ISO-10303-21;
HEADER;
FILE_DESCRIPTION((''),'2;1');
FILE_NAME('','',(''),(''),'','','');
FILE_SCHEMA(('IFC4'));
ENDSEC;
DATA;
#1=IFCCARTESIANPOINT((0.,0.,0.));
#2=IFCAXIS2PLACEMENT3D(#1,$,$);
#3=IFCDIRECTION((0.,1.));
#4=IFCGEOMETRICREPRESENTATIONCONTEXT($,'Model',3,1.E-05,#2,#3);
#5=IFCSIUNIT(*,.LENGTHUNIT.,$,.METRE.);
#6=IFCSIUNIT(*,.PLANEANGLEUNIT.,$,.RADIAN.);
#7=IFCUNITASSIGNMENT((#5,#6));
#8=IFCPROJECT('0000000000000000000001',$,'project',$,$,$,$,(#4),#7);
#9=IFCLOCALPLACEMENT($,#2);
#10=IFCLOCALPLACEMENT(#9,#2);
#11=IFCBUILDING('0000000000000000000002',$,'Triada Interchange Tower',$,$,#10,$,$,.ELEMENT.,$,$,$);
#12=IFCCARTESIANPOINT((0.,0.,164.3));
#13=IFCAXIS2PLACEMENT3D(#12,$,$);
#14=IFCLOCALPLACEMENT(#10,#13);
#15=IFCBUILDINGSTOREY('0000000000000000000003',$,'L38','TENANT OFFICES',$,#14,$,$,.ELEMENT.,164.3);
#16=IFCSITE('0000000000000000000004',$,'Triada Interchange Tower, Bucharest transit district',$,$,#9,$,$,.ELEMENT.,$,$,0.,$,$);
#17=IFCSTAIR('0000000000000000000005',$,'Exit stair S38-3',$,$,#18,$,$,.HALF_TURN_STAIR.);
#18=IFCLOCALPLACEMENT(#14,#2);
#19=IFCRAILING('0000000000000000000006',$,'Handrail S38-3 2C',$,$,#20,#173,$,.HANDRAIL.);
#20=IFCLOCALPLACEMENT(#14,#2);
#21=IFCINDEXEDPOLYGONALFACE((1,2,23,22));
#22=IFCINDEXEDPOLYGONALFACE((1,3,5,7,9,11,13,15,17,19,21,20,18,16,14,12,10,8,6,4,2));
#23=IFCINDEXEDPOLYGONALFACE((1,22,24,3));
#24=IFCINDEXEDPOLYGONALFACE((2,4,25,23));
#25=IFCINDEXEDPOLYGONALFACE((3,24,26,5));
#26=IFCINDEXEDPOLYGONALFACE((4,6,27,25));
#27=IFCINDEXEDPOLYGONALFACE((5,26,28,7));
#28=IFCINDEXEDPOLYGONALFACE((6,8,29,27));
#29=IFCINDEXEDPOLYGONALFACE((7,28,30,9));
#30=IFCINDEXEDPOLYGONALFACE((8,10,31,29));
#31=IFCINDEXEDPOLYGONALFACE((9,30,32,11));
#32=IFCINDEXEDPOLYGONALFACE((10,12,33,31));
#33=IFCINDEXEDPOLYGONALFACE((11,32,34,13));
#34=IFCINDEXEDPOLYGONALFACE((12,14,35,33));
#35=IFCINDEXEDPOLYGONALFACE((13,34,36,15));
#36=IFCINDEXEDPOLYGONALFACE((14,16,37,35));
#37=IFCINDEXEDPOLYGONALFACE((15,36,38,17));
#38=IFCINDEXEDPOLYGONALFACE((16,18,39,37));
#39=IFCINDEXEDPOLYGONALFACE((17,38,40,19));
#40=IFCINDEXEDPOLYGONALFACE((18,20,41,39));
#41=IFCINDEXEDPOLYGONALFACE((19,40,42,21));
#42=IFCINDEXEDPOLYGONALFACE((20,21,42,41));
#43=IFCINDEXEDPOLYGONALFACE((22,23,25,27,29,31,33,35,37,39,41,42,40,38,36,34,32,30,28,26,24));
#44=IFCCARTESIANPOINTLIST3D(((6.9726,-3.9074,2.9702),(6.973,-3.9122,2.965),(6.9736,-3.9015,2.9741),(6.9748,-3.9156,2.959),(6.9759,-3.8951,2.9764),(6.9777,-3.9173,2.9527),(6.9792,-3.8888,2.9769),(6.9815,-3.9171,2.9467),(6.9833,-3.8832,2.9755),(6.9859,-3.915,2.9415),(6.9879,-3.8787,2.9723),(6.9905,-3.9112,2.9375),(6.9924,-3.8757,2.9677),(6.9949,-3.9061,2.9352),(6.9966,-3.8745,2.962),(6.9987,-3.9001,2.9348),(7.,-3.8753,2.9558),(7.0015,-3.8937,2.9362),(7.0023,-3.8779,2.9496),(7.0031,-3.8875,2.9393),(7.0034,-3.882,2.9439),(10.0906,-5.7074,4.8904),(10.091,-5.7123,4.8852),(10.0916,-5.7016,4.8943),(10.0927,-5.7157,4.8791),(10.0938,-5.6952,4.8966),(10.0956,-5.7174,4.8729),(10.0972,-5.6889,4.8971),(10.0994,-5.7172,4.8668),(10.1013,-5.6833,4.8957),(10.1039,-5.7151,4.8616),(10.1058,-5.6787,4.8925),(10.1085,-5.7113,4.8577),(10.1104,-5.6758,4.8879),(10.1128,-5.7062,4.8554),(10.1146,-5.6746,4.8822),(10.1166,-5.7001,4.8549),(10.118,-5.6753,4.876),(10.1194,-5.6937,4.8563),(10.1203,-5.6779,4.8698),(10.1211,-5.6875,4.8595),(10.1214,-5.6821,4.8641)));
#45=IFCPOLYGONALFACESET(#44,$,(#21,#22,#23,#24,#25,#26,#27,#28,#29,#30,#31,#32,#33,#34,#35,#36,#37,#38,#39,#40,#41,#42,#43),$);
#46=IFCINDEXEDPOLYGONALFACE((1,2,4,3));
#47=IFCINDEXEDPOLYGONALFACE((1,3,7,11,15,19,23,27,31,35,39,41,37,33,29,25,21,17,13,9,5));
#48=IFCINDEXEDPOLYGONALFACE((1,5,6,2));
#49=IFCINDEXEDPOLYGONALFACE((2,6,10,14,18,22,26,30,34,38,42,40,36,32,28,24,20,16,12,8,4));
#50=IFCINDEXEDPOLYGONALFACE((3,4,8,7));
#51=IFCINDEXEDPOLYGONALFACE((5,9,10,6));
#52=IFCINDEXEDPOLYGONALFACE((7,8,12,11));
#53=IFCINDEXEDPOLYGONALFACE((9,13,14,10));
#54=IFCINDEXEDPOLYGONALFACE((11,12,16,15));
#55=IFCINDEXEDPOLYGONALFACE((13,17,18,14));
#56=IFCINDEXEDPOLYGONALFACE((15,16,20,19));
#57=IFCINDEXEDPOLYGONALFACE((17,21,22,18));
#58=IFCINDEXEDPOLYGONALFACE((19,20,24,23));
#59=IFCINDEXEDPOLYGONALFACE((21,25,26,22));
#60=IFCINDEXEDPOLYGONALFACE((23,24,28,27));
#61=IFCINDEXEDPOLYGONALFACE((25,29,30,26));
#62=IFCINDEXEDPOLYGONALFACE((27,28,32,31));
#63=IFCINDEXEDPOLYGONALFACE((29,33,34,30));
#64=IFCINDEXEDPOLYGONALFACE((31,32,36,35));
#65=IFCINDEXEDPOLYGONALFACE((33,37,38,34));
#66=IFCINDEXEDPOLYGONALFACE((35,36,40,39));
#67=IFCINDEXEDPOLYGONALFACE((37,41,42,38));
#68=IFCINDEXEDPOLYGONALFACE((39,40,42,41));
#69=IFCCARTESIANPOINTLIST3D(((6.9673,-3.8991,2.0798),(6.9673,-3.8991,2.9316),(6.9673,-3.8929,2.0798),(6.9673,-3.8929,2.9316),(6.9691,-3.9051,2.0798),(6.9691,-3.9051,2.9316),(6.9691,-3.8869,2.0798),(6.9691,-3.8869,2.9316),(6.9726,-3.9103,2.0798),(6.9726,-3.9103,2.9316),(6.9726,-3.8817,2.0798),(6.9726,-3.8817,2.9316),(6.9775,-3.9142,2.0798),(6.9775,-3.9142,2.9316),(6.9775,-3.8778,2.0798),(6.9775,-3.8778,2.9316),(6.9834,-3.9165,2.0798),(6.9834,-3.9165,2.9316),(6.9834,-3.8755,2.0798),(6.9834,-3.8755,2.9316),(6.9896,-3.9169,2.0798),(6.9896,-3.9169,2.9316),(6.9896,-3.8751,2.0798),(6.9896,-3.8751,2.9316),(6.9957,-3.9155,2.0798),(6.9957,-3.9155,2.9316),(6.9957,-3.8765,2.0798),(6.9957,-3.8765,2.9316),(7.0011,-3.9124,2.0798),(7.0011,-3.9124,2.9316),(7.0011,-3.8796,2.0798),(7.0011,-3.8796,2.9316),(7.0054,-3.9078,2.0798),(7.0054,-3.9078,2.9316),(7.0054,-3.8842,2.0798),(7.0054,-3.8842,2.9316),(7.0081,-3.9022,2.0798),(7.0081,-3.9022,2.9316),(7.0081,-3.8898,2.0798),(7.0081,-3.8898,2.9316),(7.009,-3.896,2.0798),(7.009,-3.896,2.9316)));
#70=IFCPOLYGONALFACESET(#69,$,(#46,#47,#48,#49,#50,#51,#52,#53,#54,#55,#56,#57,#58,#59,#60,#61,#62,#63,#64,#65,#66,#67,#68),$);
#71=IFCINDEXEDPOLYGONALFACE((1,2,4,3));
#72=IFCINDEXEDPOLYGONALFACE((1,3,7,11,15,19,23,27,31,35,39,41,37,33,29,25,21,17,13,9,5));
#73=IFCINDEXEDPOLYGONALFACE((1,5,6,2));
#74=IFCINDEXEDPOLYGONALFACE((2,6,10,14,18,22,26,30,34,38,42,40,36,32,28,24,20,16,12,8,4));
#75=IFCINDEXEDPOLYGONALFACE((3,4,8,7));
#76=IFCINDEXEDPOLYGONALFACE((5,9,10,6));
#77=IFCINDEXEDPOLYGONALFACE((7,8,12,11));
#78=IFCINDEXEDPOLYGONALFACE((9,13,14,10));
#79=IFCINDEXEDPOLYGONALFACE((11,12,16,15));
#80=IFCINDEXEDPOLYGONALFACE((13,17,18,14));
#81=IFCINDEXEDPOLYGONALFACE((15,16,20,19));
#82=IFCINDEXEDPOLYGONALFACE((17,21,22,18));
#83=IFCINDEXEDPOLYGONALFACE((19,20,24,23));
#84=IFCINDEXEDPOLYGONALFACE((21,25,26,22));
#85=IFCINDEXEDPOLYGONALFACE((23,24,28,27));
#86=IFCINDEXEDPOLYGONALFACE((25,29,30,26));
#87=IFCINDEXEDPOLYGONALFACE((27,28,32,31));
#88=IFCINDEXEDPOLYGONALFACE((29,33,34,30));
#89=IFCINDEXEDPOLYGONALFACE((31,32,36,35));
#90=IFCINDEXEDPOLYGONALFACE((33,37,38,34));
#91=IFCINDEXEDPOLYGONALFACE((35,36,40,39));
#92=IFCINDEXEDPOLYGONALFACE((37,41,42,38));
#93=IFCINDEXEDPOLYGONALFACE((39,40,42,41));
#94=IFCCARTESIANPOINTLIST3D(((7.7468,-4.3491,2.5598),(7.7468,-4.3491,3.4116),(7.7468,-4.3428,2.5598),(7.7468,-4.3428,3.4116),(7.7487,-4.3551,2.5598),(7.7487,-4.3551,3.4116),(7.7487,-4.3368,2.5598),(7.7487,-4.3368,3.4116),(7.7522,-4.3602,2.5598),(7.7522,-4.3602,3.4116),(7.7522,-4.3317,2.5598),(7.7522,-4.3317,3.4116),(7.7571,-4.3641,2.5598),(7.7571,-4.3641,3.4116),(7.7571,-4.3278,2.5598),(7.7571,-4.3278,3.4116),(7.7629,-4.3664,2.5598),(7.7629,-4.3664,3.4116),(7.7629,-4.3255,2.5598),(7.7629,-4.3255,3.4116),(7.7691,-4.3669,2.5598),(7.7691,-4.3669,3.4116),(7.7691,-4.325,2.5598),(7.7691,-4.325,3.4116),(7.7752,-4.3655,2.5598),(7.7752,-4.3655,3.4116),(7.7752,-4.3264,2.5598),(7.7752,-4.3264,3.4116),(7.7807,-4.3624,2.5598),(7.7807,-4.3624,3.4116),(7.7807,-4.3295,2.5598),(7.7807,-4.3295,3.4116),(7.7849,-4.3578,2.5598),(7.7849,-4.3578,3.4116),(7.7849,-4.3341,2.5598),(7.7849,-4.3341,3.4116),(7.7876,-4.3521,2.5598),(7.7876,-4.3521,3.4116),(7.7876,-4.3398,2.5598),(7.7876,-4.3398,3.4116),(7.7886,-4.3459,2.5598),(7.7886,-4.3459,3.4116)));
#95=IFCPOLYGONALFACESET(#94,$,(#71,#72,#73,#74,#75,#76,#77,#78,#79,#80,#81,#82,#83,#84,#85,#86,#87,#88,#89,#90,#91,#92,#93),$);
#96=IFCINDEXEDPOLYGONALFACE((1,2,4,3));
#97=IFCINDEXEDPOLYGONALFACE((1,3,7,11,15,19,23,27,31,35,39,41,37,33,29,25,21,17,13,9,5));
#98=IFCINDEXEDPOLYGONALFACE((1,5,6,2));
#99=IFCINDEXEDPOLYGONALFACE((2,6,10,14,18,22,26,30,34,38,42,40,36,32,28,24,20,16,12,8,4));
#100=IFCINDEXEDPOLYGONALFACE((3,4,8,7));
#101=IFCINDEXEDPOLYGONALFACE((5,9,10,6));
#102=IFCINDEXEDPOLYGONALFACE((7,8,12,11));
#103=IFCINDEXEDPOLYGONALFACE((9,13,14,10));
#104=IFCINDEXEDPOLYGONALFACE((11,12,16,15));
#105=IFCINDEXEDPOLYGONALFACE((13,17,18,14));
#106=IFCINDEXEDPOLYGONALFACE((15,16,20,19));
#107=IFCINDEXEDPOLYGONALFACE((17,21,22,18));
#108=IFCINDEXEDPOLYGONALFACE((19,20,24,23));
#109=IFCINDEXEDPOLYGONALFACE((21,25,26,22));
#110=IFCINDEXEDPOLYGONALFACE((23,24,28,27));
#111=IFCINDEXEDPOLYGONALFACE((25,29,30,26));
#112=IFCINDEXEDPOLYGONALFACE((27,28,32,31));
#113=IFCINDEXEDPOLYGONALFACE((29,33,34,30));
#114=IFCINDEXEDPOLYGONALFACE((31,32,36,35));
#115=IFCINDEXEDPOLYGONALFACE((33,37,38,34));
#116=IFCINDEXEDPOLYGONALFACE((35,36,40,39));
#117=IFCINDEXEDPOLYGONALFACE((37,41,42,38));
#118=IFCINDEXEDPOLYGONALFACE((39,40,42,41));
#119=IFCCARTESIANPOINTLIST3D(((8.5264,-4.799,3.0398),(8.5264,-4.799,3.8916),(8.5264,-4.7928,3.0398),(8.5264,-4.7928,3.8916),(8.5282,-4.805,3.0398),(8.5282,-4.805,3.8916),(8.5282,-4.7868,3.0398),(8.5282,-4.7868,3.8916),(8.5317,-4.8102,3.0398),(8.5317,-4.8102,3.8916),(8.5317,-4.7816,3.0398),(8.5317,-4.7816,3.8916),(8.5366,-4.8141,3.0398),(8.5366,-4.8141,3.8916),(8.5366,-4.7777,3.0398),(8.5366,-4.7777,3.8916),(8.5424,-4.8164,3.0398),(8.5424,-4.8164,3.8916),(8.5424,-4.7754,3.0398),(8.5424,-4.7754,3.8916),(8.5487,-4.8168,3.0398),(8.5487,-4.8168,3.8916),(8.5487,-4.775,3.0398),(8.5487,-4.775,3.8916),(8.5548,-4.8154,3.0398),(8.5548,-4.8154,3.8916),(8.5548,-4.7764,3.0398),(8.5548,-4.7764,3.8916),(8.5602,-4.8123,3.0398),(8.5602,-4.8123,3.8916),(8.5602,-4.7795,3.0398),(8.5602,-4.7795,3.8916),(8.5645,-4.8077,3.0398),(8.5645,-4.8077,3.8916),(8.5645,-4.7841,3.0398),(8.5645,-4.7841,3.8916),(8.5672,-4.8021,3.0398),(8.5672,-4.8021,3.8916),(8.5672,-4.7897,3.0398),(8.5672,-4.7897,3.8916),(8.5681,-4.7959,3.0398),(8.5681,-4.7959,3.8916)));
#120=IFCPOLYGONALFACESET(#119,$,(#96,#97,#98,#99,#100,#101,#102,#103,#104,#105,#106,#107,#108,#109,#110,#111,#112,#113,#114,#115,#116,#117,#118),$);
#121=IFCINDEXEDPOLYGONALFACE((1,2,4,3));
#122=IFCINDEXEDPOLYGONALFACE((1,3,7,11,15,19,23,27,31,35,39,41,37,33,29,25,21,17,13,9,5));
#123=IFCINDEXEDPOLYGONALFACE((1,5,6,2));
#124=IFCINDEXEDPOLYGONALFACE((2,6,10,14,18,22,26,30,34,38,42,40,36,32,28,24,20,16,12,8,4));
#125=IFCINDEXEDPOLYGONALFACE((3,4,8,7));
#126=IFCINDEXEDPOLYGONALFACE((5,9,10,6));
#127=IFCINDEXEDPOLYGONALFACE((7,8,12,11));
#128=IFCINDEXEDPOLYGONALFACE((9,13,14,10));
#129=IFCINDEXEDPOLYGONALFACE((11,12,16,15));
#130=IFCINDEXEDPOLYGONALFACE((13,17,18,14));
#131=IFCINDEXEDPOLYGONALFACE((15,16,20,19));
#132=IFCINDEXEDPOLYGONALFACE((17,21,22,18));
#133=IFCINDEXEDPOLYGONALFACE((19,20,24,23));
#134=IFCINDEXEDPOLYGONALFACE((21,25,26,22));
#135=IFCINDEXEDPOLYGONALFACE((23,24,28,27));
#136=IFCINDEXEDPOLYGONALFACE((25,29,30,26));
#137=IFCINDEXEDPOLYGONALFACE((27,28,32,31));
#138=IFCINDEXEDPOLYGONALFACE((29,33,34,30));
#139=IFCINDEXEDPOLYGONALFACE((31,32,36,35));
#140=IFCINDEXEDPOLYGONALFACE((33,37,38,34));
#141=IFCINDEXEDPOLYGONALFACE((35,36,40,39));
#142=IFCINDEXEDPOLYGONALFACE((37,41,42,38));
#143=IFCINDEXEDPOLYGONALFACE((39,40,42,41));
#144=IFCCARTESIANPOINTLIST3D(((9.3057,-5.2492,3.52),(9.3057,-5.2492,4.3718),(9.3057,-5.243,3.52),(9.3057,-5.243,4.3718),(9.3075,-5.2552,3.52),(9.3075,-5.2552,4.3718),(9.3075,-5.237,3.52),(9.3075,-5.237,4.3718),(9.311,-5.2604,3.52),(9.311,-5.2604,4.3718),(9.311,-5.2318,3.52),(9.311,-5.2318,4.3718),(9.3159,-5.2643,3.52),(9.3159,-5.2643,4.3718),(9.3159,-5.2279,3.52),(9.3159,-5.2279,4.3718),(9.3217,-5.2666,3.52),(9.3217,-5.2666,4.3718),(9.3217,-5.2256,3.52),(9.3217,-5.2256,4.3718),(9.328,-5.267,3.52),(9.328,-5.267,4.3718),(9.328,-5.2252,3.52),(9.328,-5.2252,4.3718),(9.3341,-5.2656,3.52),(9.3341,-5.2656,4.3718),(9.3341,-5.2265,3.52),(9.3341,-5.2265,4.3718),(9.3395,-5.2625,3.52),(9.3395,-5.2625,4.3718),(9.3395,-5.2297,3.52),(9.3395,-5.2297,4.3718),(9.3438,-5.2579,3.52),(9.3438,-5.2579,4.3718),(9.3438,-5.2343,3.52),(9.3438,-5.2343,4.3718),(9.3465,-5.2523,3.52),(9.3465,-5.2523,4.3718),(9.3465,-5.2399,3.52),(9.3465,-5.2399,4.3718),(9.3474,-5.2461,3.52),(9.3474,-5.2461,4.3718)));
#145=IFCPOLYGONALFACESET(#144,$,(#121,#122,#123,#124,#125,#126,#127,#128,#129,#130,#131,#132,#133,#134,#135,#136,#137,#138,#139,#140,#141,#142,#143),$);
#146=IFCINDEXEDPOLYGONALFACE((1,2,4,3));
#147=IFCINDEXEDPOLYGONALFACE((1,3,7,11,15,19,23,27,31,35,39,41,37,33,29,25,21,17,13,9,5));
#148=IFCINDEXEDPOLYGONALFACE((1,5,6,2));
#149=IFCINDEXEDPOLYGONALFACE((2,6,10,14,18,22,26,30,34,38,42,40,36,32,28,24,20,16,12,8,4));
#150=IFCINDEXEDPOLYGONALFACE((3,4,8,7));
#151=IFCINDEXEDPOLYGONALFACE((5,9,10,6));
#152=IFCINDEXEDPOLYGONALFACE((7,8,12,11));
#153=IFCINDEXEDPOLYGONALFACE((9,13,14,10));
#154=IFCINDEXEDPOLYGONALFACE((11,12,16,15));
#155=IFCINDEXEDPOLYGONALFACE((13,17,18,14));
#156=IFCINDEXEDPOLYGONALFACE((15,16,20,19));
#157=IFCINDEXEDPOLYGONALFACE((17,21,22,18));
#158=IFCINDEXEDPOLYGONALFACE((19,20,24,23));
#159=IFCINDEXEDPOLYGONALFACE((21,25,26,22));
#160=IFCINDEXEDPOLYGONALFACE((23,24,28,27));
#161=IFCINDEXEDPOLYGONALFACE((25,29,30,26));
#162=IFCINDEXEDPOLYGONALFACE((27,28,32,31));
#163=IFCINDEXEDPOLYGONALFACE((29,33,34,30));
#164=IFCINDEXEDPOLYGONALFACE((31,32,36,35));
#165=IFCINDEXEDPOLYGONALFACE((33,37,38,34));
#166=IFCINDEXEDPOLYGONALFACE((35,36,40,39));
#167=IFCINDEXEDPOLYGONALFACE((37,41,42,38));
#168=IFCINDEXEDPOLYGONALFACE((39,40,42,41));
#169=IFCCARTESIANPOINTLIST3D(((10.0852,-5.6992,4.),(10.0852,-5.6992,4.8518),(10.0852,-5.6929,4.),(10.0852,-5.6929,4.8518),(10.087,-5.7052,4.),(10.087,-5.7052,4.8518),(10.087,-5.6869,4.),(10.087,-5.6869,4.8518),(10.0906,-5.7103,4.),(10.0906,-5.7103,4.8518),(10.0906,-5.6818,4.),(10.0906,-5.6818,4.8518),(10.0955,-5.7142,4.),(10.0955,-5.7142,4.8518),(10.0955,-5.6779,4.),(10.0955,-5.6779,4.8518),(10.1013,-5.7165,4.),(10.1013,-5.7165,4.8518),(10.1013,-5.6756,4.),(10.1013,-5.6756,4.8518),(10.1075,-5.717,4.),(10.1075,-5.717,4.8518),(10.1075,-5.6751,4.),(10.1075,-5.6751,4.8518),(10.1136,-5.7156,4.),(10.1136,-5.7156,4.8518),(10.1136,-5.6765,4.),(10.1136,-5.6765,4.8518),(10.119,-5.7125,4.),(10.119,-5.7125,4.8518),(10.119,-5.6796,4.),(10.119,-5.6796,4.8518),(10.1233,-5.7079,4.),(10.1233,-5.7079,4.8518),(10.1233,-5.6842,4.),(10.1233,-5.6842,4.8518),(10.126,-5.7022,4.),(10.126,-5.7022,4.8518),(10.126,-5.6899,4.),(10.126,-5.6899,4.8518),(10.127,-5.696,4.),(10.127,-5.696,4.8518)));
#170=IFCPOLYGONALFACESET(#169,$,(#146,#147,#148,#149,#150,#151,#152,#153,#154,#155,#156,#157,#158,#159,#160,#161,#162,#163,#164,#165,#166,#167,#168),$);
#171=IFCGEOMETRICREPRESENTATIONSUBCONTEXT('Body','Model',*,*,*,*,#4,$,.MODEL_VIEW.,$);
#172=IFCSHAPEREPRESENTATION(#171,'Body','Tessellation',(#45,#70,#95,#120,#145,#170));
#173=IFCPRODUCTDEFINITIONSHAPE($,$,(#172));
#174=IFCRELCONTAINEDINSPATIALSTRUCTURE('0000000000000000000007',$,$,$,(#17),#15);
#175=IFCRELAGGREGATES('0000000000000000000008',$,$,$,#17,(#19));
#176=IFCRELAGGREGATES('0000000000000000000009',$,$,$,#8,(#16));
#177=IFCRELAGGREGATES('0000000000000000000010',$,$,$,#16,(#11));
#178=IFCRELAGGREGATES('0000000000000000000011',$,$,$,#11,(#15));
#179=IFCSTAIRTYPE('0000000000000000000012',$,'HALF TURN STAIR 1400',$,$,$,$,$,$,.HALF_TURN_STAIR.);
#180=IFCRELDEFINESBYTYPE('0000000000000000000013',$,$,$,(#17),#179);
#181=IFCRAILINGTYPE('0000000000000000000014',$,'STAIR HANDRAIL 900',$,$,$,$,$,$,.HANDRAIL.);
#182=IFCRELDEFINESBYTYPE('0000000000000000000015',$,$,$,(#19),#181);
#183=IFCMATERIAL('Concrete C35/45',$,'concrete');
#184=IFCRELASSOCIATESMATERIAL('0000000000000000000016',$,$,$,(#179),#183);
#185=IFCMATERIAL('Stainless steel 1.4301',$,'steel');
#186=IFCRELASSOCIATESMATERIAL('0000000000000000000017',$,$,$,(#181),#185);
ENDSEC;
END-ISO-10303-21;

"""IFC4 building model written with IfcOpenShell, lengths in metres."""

from ifc_helpers import new_model, si_unit, direction, frame, origin, origin_2d, place, context, subcontext, project, spatial, circle, extrude, material, type_object, element, aggregate, save


model = new_model("IFC4")

# Units and contexts
model_context = context("Model", 3, precision=1e-05, world=origin(), true_north=direction((0.0, 1.0)))
body_context = subcontext(model_context, "Body", "Model", "MODEL_VIEW")
ifc_project = project(units=[si_unit("LENGTHUNIT", "METRE"), si_unit("PLANEANGLEUNIT", "RADIAN")], contexts=[model_context])

# Site, building, storey
site_placement = place(None, origin())
site = spatial("IfcSite", under=ifc_project, at=site_placement, Name="Triada Interchange Tower, Bucharest transit district", CompositionType="ELEMENT", RefElevation=0.0)
building_placement = place(site_placement, origin())
building = spatial("IfcBuilding", under=site, at=building_placement, Name="Triada Interchange Tower", CompositionType="ELEMENT")
storey_placement = place(building_placement, frame((0.0, 0.0, 164.3)))
storey = spatial("IfcBuildingStorey", under=building, at=storey_placement, Name="L38", Description="TENANT OFFICES", CompositionType="ELEMENT", Elevation=164.3)

# Stair, railing
ifc_material_1 = material(Name="Concrete C35/45", Category="concrete")
stair_type = type_object("IfcStairType", Name="HALF TURN STAIR 1400", PredefinedType="HALF_TURN_STAIR", material=ifc_material_1)
stair_placement = place(storey_placement, origin())
stair = element("IfcStair", 1, at=stair_placement, inside=storey, type_object=stair_type, Name="Exit stair S38-3", PredefinedType="HALF_TURN_STAIR")
ifc_material_2 = material(Name="Stainless steel 1.4301", Category="steel")
railing_type = type_object("IfcRailingType", Name="STAIR HANDRAIL 900", PredefinedType="HANDRAIL", material=ifc_material_2)
railing_1_placement = place(storey_placement, frame((6.988, -3.896, 2.0798)))
railing_1 = element("IfcRailing", 2, at=railing_1_placement, type_object=railing_type, Name="Handrail S38-3 2C", PredefinedType="HANDRAIL", context=body_context, shape_type="SweptSolid", body=[
    extrude(circle(Radius=0.0239, at=origin_2d()), frame((0.0, 0.0, 0.876), z_axis=(0.764145, -0.441159, 0.470597), x_axis=(0.499983, 0.866035, 0.0)), (0.0, 0.0, 1.0), 4.0803),
    extrude(circle(Radius=0.021, at=origin_2d()), origin(), (0.0, 0.0, 1.0), 0.8518),
    extrude(circle(Radius=0.021, at=origin_2d()), frame((0.7795, -0.45, 0.48)), (0.0, 0.0, 1.0), 0.8518),
    extrude(circle(Radius=0.021, at=origin_2d()), frame((1.5591, -0.8999, 0.96)), (0.0, 0.0, 1.0), 0.8518),
    extrude(circle(Radius=0.021, at=origin_2d()), frame((2.3384, -1.3501, 1.4402)), (0.0, 0.0, 1.0), 0.8518),
    extrude(circle(Radius=0.021, at=origin_2d()), frame((3.1179, -1.8, 1.9202)), (0.0, 0.0, 1.0), 0.8518),
])
aggregate(stair, [railing_1])

save(model, "model.ifc")
